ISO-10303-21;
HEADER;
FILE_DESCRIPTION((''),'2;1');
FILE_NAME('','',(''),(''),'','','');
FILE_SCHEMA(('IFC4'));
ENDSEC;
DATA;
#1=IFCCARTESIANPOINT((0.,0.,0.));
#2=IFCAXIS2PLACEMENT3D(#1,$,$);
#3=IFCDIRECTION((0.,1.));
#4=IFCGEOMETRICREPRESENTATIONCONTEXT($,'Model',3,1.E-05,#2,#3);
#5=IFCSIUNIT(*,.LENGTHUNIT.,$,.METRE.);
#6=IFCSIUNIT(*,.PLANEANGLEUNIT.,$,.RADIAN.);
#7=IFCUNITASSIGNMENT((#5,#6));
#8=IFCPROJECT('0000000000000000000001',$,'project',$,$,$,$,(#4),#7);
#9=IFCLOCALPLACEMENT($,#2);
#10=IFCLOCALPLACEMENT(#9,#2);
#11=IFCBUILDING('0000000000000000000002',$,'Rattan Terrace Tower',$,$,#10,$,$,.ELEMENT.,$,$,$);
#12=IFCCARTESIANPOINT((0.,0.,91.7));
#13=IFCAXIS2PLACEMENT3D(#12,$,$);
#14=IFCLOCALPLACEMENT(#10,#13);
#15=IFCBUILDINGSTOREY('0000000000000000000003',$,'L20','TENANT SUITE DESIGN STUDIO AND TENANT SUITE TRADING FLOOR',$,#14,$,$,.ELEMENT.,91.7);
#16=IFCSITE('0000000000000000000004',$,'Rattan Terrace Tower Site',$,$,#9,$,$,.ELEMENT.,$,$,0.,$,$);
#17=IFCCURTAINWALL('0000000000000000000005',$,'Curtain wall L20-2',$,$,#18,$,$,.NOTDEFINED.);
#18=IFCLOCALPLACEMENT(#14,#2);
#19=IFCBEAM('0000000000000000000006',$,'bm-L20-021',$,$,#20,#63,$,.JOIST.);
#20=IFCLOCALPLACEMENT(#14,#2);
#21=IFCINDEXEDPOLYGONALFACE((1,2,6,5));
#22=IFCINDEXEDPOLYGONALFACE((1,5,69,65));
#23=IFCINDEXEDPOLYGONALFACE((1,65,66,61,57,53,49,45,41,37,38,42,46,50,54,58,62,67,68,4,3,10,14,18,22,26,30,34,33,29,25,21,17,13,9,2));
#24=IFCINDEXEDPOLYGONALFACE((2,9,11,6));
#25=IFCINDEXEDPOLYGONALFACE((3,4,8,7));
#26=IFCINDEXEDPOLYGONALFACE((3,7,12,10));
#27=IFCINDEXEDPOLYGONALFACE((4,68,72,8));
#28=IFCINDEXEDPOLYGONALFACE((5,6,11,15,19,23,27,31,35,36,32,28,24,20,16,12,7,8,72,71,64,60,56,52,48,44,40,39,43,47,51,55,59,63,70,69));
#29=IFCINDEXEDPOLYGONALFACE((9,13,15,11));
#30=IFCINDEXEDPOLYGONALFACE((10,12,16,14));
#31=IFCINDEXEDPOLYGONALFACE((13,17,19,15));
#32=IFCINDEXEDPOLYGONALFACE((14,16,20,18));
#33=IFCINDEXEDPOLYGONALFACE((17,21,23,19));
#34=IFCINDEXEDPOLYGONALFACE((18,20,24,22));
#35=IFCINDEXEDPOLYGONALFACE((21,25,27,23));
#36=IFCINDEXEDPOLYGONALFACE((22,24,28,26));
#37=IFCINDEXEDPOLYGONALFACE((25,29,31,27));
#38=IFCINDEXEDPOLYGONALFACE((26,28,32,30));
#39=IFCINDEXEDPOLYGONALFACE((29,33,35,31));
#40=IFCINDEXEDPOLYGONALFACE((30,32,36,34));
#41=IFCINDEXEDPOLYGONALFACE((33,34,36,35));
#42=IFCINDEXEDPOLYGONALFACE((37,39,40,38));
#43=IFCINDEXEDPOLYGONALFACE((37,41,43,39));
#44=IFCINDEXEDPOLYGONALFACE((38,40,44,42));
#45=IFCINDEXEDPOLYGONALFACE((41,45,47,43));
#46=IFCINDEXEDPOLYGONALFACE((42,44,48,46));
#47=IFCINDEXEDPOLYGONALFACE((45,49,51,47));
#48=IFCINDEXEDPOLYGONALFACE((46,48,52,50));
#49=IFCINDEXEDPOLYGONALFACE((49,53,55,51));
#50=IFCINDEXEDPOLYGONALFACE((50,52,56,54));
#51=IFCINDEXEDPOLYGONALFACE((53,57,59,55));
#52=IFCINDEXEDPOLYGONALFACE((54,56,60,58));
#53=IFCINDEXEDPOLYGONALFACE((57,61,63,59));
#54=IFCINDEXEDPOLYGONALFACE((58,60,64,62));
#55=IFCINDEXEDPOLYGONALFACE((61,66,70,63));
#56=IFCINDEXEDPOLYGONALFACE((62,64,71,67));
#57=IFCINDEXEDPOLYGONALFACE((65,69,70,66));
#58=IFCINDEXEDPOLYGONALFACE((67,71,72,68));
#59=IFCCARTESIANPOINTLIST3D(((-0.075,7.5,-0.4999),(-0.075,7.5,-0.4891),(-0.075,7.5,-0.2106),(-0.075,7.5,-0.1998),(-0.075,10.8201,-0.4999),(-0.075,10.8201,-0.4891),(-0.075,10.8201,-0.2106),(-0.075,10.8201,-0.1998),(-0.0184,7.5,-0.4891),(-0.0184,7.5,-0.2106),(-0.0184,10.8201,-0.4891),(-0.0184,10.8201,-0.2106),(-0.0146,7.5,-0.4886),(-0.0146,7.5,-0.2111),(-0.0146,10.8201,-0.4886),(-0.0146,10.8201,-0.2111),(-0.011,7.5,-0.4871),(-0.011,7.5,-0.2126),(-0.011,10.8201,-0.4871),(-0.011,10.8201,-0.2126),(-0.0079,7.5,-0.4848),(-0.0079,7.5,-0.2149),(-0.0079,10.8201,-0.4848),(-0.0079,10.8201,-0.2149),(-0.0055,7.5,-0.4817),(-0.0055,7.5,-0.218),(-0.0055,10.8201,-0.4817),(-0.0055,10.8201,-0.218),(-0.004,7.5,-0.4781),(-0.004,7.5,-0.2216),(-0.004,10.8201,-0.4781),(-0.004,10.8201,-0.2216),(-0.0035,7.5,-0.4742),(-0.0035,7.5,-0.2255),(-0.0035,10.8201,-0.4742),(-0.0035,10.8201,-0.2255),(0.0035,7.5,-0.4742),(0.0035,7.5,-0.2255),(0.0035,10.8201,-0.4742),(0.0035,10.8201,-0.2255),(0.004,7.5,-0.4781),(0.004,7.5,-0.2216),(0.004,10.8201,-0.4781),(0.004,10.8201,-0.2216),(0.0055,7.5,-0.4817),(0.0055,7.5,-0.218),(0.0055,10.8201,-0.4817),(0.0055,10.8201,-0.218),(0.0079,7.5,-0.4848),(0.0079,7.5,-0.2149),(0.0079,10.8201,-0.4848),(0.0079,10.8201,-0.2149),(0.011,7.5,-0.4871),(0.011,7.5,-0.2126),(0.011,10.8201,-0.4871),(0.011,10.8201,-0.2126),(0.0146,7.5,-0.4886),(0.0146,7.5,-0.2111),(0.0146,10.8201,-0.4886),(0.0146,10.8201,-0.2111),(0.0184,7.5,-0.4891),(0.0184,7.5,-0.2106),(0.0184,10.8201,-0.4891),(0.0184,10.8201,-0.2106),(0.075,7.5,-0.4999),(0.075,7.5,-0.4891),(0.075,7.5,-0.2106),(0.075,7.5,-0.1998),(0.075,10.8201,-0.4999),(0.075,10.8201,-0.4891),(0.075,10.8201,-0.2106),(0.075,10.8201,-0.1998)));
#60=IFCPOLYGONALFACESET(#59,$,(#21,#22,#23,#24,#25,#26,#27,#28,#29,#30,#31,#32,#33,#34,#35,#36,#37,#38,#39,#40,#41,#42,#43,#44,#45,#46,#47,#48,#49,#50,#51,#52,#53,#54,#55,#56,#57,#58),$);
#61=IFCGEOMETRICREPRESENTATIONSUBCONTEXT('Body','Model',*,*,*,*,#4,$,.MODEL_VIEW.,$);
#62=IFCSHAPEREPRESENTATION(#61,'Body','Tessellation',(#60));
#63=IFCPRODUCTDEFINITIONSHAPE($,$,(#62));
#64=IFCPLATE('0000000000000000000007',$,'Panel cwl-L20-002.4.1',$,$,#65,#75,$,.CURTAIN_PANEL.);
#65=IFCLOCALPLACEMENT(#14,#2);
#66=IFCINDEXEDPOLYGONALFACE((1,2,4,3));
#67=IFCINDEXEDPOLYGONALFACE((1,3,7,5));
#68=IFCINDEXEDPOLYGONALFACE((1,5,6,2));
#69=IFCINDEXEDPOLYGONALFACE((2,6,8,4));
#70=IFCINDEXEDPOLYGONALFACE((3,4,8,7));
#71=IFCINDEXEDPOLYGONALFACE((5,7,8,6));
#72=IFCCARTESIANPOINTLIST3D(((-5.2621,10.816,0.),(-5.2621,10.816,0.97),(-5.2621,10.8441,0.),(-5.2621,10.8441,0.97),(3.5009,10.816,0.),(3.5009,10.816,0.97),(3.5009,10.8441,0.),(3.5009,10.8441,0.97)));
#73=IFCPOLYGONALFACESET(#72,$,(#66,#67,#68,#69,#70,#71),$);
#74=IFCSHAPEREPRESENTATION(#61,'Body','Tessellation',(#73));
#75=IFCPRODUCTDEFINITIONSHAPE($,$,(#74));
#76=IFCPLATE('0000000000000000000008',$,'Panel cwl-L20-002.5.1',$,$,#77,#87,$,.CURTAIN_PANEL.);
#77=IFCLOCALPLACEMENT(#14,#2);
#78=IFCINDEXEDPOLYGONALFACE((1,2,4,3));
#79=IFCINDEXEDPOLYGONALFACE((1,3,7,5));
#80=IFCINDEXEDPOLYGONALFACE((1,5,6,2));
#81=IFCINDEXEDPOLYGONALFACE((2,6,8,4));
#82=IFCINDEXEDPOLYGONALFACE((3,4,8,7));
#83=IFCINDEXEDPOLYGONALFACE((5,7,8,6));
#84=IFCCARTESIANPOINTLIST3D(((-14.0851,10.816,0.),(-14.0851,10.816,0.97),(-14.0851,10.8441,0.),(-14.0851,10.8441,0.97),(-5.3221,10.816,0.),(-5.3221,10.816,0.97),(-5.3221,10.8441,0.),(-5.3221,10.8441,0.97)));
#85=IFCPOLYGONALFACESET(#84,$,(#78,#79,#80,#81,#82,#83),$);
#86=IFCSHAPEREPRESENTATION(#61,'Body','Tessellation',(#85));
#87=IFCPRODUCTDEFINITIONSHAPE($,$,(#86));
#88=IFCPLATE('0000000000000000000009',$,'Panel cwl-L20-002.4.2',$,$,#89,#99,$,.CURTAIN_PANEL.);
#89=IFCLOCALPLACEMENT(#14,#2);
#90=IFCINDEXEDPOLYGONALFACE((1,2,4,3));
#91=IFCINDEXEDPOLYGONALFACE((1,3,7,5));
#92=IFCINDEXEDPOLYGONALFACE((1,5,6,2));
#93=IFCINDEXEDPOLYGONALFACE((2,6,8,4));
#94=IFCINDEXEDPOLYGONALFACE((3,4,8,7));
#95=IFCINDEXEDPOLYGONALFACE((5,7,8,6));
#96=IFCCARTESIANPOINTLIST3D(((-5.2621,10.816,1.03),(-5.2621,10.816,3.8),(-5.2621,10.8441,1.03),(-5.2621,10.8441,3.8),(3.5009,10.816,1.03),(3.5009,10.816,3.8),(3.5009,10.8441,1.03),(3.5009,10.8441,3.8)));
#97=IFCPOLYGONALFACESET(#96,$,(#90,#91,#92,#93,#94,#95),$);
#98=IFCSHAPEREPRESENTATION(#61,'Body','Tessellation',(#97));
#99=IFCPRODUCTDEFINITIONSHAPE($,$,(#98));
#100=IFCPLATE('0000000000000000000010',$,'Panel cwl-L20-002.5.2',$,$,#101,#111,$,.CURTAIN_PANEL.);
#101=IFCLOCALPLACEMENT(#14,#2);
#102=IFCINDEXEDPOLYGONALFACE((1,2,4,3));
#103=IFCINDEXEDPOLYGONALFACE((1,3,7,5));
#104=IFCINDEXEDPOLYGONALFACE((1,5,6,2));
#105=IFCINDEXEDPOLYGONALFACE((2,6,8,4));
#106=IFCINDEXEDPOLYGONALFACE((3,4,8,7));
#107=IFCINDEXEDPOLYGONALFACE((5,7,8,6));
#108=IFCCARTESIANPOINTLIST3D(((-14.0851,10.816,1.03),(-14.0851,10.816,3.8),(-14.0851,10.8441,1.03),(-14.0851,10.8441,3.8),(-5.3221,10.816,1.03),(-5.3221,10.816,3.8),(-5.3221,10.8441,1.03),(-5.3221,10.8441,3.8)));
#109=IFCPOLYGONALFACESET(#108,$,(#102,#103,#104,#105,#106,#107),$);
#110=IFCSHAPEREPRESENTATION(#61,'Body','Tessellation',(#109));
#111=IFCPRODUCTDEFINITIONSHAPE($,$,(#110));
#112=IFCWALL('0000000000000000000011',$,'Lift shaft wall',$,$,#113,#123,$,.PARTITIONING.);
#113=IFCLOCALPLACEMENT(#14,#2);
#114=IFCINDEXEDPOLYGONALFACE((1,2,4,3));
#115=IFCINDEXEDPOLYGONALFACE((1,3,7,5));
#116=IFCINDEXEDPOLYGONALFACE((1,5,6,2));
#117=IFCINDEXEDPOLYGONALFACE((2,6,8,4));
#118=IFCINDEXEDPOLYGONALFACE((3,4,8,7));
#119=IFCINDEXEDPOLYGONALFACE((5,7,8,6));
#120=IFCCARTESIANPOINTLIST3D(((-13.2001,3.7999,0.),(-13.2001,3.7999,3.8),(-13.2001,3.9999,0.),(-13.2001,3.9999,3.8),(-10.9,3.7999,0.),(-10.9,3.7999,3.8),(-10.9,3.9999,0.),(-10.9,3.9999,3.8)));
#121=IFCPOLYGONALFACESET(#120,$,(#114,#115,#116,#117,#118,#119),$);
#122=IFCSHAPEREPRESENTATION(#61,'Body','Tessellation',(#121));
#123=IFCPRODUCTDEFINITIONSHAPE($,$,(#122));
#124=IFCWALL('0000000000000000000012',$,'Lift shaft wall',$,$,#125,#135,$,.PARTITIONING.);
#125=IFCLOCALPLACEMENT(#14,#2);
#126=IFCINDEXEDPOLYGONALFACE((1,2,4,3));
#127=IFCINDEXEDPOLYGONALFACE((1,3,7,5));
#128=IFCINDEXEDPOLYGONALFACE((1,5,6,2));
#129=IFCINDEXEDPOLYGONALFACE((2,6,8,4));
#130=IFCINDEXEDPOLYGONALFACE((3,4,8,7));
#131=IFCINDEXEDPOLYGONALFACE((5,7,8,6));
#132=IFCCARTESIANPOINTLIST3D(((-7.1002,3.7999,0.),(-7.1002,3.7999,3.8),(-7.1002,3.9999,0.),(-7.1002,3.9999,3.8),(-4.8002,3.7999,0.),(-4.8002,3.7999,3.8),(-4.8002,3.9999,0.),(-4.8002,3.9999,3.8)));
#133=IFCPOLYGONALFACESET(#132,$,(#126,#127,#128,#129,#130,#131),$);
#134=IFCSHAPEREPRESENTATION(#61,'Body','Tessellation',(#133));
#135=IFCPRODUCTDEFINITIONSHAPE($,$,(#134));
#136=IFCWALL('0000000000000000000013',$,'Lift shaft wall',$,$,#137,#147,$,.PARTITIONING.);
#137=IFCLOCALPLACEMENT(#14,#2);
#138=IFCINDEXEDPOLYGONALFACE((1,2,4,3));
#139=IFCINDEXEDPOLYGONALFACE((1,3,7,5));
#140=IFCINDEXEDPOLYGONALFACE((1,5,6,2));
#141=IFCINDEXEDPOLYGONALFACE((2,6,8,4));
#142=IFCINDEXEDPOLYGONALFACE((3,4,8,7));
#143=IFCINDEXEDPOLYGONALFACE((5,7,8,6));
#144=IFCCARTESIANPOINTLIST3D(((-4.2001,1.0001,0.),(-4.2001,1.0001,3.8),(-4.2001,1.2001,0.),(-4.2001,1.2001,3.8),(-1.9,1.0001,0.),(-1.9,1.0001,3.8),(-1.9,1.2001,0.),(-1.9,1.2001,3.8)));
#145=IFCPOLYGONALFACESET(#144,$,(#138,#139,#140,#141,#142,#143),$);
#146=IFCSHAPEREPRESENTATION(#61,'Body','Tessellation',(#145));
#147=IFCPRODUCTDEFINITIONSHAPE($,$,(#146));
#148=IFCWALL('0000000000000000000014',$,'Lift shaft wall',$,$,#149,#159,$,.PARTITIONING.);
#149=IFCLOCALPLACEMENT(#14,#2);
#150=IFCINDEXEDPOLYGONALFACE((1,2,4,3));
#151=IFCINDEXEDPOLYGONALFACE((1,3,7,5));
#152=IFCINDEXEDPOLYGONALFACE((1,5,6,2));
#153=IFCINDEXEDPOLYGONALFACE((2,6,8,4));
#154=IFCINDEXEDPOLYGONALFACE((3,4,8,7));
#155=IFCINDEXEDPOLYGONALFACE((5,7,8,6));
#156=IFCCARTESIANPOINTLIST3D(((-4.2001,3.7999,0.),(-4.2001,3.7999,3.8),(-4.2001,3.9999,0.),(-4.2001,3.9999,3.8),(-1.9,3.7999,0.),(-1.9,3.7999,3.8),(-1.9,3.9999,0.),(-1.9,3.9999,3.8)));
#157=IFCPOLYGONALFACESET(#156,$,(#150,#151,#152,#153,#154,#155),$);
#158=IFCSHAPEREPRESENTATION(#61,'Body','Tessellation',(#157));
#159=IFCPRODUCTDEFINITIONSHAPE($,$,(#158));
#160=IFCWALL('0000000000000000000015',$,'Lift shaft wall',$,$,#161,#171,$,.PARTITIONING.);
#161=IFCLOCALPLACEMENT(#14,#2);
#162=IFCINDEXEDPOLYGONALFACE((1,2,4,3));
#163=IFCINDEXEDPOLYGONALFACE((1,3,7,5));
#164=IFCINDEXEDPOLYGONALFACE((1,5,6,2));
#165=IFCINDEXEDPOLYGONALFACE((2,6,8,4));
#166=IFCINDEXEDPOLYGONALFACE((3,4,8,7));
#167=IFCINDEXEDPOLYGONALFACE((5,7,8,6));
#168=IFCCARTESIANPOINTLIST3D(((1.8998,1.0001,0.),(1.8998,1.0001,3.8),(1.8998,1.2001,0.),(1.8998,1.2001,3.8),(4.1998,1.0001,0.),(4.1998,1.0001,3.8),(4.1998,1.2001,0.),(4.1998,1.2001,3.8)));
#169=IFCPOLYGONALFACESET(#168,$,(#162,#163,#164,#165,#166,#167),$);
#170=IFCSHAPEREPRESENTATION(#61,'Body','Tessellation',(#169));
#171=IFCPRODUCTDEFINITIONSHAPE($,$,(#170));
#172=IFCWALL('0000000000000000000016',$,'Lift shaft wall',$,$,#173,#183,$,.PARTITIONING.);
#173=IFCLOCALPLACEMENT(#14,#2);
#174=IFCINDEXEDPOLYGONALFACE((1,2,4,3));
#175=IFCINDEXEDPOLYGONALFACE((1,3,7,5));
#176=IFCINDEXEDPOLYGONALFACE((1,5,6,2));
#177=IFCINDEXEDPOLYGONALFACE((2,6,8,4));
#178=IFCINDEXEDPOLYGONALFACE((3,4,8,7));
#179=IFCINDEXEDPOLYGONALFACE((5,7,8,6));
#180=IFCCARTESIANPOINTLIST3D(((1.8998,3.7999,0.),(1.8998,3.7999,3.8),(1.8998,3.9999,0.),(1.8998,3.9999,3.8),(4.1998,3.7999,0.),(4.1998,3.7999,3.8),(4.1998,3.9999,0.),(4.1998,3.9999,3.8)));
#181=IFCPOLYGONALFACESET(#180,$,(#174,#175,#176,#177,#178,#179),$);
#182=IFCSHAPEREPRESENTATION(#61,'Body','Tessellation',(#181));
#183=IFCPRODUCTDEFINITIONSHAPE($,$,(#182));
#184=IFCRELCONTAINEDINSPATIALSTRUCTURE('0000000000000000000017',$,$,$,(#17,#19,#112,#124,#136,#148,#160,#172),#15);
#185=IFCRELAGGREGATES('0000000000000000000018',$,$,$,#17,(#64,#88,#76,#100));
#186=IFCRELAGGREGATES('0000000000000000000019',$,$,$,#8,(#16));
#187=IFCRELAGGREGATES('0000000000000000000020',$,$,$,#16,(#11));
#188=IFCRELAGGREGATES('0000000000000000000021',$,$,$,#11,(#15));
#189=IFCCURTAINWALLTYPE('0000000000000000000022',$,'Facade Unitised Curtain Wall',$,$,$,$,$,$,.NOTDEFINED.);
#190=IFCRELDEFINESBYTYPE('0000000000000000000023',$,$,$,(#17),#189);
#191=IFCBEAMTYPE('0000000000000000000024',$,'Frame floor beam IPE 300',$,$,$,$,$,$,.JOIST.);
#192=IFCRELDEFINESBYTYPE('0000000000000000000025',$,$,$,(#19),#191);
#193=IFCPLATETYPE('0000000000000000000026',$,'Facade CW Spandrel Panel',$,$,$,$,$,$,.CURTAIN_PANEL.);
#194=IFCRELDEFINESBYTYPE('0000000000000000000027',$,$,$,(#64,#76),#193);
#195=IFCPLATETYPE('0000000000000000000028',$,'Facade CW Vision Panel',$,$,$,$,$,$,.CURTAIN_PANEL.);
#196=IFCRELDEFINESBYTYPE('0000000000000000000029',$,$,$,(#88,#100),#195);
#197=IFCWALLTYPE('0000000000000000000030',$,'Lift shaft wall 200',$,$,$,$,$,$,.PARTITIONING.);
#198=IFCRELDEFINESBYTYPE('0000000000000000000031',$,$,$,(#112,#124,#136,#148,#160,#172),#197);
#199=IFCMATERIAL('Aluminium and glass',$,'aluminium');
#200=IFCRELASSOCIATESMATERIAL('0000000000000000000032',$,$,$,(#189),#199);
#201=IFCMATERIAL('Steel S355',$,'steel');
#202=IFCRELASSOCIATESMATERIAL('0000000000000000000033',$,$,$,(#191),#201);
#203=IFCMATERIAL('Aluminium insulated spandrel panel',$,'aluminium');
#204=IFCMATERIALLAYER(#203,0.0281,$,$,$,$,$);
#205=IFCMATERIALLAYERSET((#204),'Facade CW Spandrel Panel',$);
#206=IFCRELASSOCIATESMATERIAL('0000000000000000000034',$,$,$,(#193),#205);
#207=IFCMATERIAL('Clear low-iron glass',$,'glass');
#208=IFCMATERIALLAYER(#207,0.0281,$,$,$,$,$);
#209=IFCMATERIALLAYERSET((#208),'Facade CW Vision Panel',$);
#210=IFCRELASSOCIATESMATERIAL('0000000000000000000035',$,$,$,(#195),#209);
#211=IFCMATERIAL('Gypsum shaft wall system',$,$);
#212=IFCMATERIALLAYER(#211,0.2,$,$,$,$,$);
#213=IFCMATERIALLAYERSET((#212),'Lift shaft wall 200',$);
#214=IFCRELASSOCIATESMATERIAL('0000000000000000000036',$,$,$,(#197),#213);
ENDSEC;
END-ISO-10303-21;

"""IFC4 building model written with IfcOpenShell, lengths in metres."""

from ifc_helpers import new_model, si_unit, direction, frame, frame_2d, origin, origin_2d, place, context, subcontext, project, spatial, rectangle, i_section, extrude, material, layer, layer_set, material_profile, profile_set, type_object, element, aggregate, save


model = new_model("IFC4")

# Units and contexts
model_context = context("Model", 3, precision=1e-05, world=origin(), true_north=direction((0.0, 1.0)))
body_context = subcontext(model_context, "Body", "Model", "MODEL_VIEW")
ifc_project = project(units=[si_unit("LENGTHUNIT", "METRE"), si_unit("PLANEANGLEUNIT", "RADIAN")], contexts=[model_context])

# Site, building, storey
site_placement = place(None, origin())
site = spatial("IfcSite", under=ifc_project, at=site_placement, Name="Rattan Terrace Tower Site", CompositionType="ELEMENT", RefElevation=0.0)
building_placement = place(site_placement, origin())
building = spatial("IfcBuilding", under=site, at=building_placement, Name="Rattan Terrace Tower", CompositionType="ELEMENT")
storey_placement = place(building_placement, frame((0.0, 0.0, 91.7)))
storey = spatial("IfcBuildingStorey", under=building, at=storey_placement, Name="L20", Description="TENANT SUITE DESIGN STUDIO AND TENANT SUITE TRADING FLOOR", CompositionType="ELEMENT", Elevation=91.7)

# Curtain wall
ifc_material_1 = material(Name="Aluminium and glass", Category="aluminium")
curtain_wall_type = type_object("IfcCurtainWallType", Name="Facade Unitised Curtain Wall", PredefinedType="NOTDEFINED", material=ifc_material_1)
curtain_wall_placement = place(storey_placement, origin())
curtain_wall = element("IfcCurtainWall", 1, at=curtain_wall_placement, inside=storey, type_object=curtain_wall_type, Name="Curtain wall L20-2", PredefinedType="NOTDEFINED")

# Beam
ifc_material_2 = material(Name="Steel S355", Category="steel")
ifc_material_profile_1 = material_profile(ifc_material_2, i_section(OverallWidth=0.1499, OverallDepth=0.3, WebThickness=0.0071, FlangeThickness=0.0107, FilletRadius=0.0149, at=origin_2d()), Name="IPE 300")
ifc_profile_set_1 = profile_set([ifc_material_profile_1], Name="Steel S355")
beam_type = type_object("IfcBeamType", Name="Frame floor beam IPE 300", PredefinedType="JOIST", material=ifc_profile_set_1)
for number, where, z_axis, x_axis, name in (
    (2, (0.0, 7.5, -0.3499), (0.0, 1.0, 0.0), (-1.0, 0.0, 0.0), "bm-L20-021"),
):
    element("IfcBeam", number, at=place(storey_placement, frame(where, z_axis=z_axis, x_axis=x_axis)), inside=storey, type_object=beam_type, Name=name, PredefinedType="JOIST", context=body_context, shape_type="SweptSolid", body=[
        extrude(i_section(OverallWidth=0.1499, OverallDepth=0.3, WebThickness=0.0071, FlangeThickness=0.0107, FilletRadius=0.0149, at=origin_2d()), origin(), (0.0, 0.0, 1.0), 3.3201),
    ])

# Plates
ifc_material_3 = material(Name="Aluminium insulated spandrel panel", Category="aluminium")
ifc_layer_1 = layer(ifc_material_3, 0.0281)
ifc_layer_set_1 = layer_set([ifc_layer_1], Name="Facade CW Spandrel Panel")
plate_type_1 = type_object("IfcPlateType", Name="Facade CW Spandrel Panel", PredefinedType="CURTAIN_PANEL", material=ifc_layer_set_1)
plate_1_placement = place(storey_placement, frame((-0.8806, 10.8301, 0.0), z_axis=(0.0, 0.0, 1.0), x_axis=(-1.0, 0.0, 0.0)))
plate_1 = element("IfcPlate", 3, at=plate_1_placement, type_object=plate_type_1, Name="Panel cwl-L20-002.4.1", PredefinedType="CURTAIN_PANEL", context=body_context, shape_type="SweptSolid", body=[
    extrude(rectangle(XDim=8.7629, YDim=0.0281, at=origin_2d()), origin(), (0.0, 0.0, 1.0), 0.97),
])
plate_2_placement = place(storey_placement, frame((-9.7036, 10.8301, 0.0), z_axis=(0.0, 0.0, 1.0), x_axis=(-1.0, 0.0, 0.0)))
plate_2 = element("IfcPlate", 4, at=plate_2_placement, type_object=plate_type_1, Name="Panel cwl-L20-002.5.1", PredefinedType="CURTAIN_PANEL", context=body_context, shape_type="SweptSolid", body=[
    extrude(rectangle(XDim=8.7629, YDim=0.0281, at=origin_2d()), origin(), (0.0, 0.0, 1.0), 0.97),
])
ifc_material_4 = material(Name="Clear low-iron glass", Category="glass")
ifc_layer_2 = layer(ifc_material_4, 0.0281)
ifc_layer_set_2 = layer_set([ifc_layer_2], Name="Facade CW Vision Panel")
plate_type_2 = type_object("IfcPlateType", Name="Facade CW Vision Panel", PredefinedType="CURTAIN_PANEL", material=ifc_layer_set_2)
plate_3_placement = place(storey_placement, frame((-0.8806, 10.8301, 1.03), z_axis=(0.0, 0.0, 1.0), x_axis=(-1.0, 0.0, 0.0)))
plate_3 = element("IfcPlate", 5, at=plate_3_placement, type_object=plate_type_2, Name="Panel cwl-L20-002.4.2", PredefinedType="CURTAIN_PANEL", context=body_context, shape_type="SweptSolid", body=[
    extrude(rectangle(XDim=8.7629, YDim=0.0281, at=origin_2d()), origin(), (0.0, 0.0, 1.0), 2.77),
])
plate_4_placement = place(storey_placement, frame((-9.7036, 10.8301, 1.03), z_axis=(0.0, 0.0, 1.0), x_axis=(-1.0, 0.0, 0.0)))
plate_4 = element("IfcPlate", 6, at=plate_4_placement, type_object=plate_type_2, Name="Panel cwl-L20-002.5.2", PredefinedType="CURTAIN_PANEL", context=body_context, shape_type="SweptSolid", body=[
    extrude(rectangle(XDim=8.7629, YDim=0.0281, at=origin_2d()), origin(), (0.0, 0.0, 1.0), 2.77),
])
aggregate(curtain_wall, [plate_1, plate_3, plate_2, plate_4])

# Walls
ifc_material_5 = material(Name="Gypsum shaft wall system")
ifc_layer_3 = layer(ifc_material_5, 0.2)
ifc_layer_set_3 = layer_set([ifc_layer_3], Name="Lift shaft wall 200")
wall_type = type_object("IfcWallType", Name="Lift shaft wall 200", PredefinedType="PARTITIONING", material=ifc_layer_set_3)
for number, where, z_axis, x_axis, name in (
    (7, (-13.2, 3.8999, 0.0), (0.0, 0.0, 1.0), (1.0, 0.0, 0.0), "Lift shaft wall"),
    (8, (-7.1001, 3.8999, 0.0), (0.0, 0.0, 1.0), (1.0, 0.0, 0.0), "Lift shaft wall"),
    (9, (-4.2, 1.1001, 0.0), (0.0, 0.0, 1.0), (1.0, 0.0, 0.0), "Lift shaft wall"),
    (10, (-4.2, 3.8999, 0.0), (0.0, 0.0, 1.0), (1.0, 0.0, 0.0), "Lift shaft wall"),
    (11, (1.8999, 1.1001, 0.0), (0.0, 0.0, 1.0), (1.0, 0.0, 0.0), "Lift shaft wall"),
    (12, (1.8999, 3.8999, 0.0), (0.0, 0.0, 1.0), (1.0, 0.0, 0.0), "Lift shaft wall"),
):
    element("IfcWall", number, at=place(storey_placement, frame(where, z_axis=z_axis, x_axis=x_axis)), inside=storey, type_object=wall_type, Name=name, PredefinedType="PARTITIONING", context=body_context, shape_type="SweptSolid", body=[
        extrude(rectangle(XDim=2.3, YDim=0.2, at=frame_2d((1.1499, 0.0))), origin(), (0.0, 0.0, 1.0), 3.8),
    ])

save(model, "model.ifc")
